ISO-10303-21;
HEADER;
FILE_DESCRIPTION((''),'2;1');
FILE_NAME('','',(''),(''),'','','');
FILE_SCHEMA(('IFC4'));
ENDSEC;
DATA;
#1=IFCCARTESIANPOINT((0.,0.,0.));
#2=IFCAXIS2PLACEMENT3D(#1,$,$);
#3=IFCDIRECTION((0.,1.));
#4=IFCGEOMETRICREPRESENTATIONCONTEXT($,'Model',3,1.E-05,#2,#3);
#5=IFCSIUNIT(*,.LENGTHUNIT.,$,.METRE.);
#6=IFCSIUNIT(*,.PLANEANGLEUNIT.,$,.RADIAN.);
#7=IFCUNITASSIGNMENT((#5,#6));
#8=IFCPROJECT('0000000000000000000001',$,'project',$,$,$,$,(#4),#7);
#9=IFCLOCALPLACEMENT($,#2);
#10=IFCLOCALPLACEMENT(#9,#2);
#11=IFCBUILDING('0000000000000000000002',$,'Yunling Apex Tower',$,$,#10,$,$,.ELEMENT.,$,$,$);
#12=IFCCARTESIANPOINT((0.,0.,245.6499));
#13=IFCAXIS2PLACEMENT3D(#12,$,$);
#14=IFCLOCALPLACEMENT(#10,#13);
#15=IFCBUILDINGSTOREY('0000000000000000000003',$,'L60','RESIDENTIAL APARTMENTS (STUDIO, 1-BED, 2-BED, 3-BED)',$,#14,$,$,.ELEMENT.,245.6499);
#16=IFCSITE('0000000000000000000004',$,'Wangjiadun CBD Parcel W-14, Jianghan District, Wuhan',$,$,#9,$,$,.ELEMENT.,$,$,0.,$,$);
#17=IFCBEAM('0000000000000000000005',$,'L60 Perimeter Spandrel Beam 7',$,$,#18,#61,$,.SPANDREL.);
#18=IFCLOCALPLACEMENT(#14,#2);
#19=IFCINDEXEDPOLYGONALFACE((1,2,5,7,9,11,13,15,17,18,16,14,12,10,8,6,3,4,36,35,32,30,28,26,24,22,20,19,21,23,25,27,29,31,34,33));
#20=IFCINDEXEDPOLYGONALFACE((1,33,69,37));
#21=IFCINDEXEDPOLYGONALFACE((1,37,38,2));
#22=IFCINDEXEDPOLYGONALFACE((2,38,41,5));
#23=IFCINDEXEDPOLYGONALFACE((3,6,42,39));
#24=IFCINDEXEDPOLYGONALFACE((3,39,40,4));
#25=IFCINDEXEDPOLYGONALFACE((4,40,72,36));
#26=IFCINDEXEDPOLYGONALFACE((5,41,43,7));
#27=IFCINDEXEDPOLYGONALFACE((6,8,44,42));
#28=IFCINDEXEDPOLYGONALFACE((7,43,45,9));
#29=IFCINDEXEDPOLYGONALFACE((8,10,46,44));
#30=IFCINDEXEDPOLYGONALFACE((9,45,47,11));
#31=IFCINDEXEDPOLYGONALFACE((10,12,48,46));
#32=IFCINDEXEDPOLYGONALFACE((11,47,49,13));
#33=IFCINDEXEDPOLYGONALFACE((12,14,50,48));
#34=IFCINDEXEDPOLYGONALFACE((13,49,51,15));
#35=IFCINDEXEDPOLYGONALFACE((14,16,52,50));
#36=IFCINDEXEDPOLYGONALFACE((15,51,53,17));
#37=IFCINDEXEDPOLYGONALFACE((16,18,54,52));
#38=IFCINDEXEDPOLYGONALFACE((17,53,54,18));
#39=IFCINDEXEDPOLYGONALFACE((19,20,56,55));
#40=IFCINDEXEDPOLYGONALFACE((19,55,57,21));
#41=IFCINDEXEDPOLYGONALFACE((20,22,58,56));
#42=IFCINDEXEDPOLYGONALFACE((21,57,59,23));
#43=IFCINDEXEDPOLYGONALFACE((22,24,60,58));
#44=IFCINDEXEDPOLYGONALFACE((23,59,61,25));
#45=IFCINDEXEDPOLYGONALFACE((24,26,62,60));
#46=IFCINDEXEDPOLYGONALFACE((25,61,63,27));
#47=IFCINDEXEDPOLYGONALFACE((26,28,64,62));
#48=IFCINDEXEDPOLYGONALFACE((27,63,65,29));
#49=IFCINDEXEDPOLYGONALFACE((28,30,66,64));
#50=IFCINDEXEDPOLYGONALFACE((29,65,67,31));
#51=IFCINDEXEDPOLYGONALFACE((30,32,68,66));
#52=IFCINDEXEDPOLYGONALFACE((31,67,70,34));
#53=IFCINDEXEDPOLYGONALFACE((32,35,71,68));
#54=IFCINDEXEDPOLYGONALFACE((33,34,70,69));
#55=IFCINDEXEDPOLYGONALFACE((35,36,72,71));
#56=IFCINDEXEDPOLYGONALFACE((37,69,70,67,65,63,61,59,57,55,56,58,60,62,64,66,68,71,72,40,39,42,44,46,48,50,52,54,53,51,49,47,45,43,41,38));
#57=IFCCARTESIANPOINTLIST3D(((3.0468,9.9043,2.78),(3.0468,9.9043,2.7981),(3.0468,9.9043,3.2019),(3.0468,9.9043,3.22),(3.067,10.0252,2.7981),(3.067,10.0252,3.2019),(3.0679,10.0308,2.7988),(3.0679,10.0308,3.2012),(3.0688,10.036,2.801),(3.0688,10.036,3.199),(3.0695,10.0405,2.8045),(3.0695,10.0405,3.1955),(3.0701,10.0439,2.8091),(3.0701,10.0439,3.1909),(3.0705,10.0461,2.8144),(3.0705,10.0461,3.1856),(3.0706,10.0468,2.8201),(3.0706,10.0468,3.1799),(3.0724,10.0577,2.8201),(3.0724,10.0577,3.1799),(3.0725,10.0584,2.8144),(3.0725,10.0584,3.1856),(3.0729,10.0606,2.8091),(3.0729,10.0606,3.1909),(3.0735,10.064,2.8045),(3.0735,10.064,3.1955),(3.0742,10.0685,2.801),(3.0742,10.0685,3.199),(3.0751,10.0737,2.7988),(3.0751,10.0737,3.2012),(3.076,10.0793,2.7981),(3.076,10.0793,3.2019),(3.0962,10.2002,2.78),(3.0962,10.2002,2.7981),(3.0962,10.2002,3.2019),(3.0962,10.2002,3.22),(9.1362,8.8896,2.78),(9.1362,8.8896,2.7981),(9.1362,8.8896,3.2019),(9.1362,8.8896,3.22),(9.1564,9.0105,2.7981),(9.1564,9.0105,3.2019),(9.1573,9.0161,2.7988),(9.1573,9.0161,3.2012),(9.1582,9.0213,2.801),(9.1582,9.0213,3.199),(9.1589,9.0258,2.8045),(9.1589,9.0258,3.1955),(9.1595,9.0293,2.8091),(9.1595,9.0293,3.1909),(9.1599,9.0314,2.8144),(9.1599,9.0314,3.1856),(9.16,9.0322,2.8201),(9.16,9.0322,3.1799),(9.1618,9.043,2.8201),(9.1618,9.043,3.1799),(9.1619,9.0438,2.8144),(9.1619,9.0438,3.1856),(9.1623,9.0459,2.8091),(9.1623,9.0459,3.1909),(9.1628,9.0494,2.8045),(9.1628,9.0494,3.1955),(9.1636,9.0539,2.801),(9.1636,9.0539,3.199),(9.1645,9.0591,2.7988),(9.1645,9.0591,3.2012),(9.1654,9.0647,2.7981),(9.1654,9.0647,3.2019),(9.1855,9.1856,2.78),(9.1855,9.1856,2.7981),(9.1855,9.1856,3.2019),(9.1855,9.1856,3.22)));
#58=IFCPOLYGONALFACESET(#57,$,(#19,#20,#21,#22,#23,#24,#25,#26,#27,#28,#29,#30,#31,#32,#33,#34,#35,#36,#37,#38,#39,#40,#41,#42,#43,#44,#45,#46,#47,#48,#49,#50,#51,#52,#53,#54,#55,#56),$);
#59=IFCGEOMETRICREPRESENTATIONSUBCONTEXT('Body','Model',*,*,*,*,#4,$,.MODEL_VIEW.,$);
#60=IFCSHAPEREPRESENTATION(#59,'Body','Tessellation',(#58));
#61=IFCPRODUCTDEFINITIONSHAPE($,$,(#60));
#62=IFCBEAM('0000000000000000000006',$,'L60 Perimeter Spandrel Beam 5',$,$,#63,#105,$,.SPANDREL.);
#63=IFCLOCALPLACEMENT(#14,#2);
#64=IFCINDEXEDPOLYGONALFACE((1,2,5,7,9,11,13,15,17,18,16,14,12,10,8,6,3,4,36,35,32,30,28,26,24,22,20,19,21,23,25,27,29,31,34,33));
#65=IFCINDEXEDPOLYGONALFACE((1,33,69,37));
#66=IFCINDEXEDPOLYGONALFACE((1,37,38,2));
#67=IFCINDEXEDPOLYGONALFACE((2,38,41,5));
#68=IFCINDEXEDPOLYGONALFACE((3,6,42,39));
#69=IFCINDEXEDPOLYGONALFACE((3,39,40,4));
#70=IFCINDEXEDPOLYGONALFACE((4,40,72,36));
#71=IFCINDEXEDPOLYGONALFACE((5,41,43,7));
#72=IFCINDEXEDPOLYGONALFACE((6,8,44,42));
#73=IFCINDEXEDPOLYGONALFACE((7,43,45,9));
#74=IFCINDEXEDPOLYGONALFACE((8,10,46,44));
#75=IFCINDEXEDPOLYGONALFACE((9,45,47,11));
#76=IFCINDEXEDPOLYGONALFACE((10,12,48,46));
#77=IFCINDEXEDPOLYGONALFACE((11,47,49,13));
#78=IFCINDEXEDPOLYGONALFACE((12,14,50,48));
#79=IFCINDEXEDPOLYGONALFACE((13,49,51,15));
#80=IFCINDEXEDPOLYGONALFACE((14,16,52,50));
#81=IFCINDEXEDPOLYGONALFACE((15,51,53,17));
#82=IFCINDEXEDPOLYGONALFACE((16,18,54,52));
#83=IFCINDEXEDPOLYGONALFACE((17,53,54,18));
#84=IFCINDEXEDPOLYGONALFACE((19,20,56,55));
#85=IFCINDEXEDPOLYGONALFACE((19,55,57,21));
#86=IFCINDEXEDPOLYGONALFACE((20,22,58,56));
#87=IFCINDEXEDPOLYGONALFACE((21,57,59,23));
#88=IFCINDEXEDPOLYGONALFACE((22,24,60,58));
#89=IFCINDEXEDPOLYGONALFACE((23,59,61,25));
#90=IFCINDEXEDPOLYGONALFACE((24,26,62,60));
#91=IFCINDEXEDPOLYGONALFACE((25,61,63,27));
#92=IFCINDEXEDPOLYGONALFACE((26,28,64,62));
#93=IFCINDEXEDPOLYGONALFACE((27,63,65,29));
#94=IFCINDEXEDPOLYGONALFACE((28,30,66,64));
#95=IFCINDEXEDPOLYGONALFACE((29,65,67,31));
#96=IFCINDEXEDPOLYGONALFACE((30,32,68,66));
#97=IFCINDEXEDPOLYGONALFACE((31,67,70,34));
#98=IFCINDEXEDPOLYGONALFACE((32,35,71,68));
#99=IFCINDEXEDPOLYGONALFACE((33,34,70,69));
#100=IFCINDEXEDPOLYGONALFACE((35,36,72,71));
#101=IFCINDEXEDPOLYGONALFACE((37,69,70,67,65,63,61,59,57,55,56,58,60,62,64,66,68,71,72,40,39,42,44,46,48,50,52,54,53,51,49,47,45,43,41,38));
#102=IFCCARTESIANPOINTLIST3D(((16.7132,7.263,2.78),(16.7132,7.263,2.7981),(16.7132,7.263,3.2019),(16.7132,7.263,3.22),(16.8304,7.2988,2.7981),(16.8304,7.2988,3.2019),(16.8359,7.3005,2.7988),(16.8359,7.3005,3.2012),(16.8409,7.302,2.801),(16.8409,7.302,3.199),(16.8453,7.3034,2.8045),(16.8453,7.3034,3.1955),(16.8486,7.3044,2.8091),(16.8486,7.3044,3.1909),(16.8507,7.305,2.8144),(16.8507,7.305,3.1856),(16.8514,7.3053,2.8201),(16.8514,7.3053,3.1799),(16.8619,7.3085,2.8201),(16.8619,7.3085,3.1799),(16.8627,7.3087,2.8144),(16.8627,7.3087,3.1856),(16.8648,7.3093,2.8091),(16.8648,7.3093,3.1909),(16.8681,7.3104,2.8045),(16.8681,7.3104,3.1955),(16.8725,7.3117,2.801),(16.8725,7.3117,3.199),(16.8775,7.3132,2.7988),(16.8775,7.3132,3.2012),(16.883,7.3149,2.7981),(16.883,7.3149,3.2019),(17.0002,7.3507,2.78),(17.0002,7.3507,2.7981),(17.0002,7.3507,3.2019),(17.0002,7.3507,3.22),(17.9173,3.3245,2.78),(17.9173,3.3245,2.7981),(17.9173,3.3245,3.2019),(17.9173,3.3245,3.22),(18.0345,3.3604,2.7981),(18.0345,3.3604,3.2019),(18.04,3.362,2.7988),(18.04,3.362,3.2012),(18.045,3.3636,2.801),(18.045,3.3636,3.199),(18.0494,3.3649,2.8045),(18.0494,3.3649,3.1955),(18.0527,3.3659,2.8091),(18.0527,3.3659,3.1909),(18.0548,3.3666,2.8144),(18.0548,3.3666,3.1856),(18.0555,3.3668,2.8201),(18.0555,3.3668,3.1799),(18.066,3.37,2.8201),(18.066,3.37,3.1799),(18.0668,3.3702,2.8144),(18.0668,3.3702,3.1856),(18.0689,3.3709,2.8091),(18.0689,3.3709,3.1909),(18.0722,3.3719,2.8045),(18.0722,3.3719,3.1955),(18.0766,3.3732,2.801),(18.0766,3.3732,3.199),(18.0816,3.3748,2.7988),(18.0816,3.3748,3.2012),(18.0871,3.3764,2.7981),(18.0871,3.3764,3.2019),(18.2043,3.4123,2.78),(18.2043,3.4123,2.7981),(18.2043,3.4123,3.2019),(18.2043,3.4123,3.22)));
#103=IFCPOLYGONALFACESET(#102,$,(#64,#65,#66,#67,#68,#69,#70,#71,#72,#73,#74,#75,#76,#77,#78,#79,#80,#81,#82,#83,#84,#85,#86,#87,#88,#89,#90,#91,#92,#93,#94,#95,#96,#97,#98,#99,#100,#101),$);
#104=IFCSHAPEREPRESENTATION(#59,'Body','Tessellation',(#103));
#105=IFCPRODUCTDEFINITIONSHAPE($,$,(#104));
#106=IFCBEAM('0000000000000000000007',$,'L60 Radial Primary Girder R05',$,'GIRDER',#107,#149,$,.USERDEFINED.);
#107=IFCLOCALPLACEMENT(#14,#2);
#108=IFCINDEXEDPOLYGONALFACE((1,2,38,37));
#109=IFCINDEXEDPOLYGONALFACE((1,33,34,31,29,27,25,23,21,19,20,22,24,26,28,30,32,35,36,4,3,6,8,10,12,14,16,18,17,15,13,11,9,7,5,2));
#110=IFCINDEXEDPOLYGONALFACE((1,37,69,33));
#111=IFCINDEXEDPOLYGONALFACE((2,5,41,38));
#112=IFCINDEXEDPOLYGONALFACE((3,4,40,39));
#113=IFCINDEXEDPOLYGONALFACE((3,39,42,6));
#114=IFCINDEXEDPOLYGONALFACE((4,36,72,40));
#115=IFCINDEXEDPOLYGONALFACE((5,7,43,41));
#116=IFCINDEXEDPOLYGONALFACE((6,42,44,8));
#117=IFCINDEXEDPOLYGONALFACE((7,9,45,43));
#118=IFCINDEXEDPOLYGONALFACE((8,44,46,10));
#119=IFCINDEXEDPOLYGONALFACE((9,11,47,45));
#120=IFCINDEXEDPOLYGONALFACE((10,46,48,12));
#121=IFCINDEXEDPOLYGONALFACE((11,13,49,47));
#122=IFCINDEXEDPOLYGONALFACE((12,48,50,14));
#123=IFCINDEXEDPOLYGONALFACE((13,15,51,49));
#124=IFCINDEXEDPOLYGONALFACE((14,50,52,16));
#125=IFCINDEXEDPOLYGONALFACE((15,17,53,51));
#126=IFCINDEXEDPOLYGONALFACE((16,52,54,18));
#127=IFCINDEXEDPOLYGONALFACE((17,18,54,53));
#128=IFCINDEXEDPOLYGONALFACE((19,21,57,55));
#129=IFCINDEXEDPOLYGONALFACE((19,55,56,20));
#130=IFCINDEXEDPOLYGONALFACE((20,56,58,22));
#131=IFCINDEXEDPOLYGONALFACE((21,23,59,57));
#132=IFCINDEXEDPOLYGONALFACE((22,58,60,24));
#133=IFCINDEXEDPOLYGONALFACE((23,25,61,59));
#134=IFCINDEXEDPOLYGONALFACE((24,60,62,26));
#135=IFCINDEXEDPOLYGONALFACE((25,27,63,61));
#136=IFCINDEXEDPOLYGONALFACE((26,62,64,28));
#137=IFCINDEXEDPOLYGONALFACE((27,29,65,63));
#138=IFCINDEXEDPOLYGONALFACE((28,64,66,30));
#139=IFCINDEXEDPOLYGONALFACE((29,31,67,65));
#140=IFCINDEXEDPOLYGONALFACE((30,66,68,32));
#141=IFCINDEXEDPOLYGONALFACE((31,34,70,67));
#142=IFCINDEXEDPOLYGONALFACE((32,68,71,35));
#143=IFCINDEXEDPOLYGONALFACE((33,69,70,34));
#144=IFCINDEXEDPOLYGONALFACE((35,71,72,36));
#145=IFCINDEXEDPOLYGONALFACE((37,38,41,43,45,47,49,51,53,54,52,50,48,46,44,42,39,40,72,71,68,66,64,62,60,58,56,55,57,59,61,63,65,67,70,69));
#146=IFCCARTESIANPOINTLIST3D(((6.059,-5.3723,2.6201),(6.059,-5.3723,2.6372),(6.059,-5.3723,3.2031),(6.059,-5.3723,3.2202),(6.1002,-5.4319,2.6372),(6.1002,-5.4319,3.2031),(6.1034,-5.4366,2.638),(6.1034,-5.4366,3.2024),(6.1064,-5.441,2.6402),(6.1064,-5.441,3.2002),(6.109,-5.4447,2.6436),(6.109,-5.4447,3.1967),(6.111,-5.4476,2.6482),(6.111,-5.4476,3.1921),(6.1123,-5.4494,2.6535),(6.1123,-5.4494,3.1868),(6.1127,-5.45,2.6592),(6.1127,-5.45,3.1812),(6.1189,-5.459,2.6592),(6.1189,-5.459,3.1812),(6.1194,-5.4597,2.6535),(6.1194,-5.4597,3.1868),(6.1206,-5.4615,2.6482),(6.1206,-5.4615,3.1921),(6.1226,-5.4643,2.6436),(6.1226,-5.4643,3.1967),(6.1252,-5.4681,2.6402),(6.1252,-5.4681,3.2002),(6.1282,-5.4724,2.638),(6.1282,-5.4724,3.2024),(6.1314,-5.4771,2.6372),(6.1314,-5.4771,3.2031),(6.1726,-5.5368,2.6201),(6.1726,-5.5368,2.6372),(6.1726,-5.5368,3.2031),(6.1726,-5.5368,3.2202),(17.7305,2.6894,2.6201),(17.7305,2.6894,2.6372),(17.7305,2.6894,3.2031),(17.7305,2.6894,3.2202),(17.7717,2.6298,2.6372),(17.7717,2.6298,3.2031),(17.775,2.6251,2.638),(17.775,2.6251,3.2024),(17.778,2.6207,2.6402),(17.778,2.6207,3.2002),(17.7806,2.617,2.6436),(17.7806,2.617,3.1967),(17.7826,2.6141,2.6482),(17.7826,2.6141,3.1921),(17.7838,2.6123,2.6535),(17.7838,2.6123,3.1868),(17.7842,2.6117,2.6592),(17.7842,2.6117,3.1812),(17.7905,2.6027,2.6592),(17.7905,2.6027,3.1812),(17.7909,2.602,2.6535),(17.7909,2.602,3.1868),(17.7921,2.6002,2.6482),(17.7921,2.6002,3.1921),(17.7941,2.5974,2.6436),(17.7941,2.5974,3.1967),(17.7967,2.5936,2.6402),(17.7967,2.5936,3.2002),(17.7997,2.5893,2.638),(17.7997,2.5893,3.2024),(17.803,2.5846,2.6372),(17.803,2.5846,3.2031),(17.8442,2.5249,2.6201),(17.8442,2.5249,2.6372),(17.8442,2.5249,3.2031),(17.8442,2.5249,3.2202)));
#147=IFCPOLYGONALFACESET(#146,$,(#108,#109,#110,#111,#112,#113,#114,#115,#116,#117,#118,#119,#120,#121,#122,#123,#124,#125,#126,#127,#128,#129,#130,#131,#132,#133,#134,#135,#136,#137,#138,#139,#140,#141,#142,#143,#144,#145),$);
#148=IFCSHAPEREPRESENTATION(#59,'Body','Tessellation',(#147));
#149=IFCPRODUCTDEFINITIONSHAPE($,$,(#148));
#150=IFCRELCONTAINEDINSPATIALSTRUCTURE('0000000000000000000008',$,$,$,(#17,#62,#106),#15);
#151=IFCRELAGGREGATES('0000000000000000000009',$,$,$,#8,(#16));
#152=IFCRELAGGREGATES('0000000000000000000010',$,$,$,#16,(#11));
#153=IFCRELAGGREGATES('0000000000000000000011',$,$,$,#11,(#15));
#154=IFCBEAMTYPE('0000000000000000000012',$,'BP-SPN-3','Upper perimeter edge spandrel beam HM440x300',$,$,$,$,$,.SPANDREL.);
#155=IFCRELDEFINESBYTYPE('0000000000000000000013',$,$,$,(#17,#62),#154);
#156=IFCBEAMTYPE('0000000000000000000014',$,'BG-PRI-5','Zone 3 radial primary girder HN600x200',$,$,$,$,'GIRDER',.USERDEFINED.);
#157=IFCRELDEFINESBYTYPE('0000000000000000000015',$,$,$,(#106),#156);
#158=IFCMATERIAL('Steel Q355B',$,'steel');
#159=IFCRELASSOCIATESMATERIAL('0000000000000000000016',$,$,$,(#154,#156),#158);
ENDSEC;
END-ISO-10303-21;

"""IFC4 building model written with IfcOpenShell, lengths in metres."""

from ifc_helpers import new_model, si_unit, direction, frame, origin, origin_2d, place, context, subcontext, project, spatial, i_section, extrude, source, transform, mapped, material, material_profile, profile_set, type_object, element, save


model = new_model("IFC4")

# Units and contexts
model_context = context("Model", 3, precision=1e-05, world=origin(), true_north=direction((0.0, 1.0)))
body_context = subcontext(model_context, "Body", "Model", "MODEL_VIEW")
ifc_project = project(units=[si_unit("LENGTHUNIT", "METRE"), si_unit("PLANEANGLEUNIT", "RADIAN")], contexts=[model_context])

# Site, building, storey
site_placement = place(None, origin())
site = spatial("IfcSite", under=ifc_project, at=site_placement, Name="Wangjiadun CBD Parcel W-14, Jianghan District, Wuhan", CompositionType="ELEMENT", RefElevation=0.0)
building_placement = place(site_placement, origin())
building = spatial("IfcBuilding", under=site, at=building_placement, Name="Yunling Apex Tower", CompositionType="ELEMENT")
storey_placement = place(building_placement, frame((0.0, 0.0, 245.6499)))
storey = spatial("IfcBuildingStorey", under=building, at=storey_placement, Name="L60", Description="RESIDENTIAL APARTMENTS (STUDIO, 1-BED, 2-BED, 3-BED)", CompositionType="ELEMENT", Elevation=245.6499)

# Beams
ifc_material_1 = material(Name="Steel Q355B", Category="steel")
ifc_material_profile_1 = material_profile(ifc_material_1, i_section(OverallWidth=0.3, OverallDepth=0.4399, WebThickness=0.011, FlangeThickness=0.0181, FilletRadius=0.022, at=origin_2d()))
ifc_profile_set_1 = profile_set([ifc_material_profile_1], Name="Steel Q355B")
beam_type_1 = type_object("IfcBeamType", Name="BP-SPN-3", Description="Upper perimeter edge spandrel beam HM440x300", PredefinedType="SPANDREL", material=ifc_profile_set_1)
shared_shape_1 = source(origin(), body_context, "Body", "SweptSolid", [
    extrude(i_section(OverallWidth=0.3, OverallDepth=0.4399, WebThickness=0.011, FlangeThickness=0.0181, FilletRadius=0.022, at=origin_2d()), origin(), (0.0, 0.0, 1.0), 6.1733),
])
for number, where, z_axis, x_axis, name in (
    (1, (9.1609, 9.0376, 3.0), (-0.9864, 0.164361, 0.0), (-0.164361, -0.9864, 0.0), "L60 Perimeter Spandrel Beam 7"),
):
    element("IfcBeam", number, at=place(storey_placement, frame(where, z_axis=z_axis, x_axis=x_axis)), inside=storey, type_object=beam_type_1, Name=name, PredefinedType="SPANDREL", context=body_context, shape_type="MappedRepresentation", body=[
        mapped(shared_shape_1, transform((0.0, 0.0, 0.0), scale=1.0)),
    ])
shared_shape_2 = source(origin(), body_context, "Body", "SweptSolid", [
    extrude(i_section(OverallWidth=0.3, OverallDepth=0.4399, WebThickness=0.011, FlangeThickness=0.0181, FilletRadius=0.022, at=origin_2d()), origin(), (0.0, 0.0, 1.0), 4.1184),
])
beam_1_placement = place(storey_placement, frame((18.0608, 3.3684, 3.0), z_axis=(-0.292369, 0.956306, 0.0), x_axis=(-0.956306, -0.292369, 0.0)))
element("IfcBeam", 2, at=beam_1_placement, inside=storey, type_object=beam_type_1, Name="L60 Perimeter Spandrel Beam 5", PredefinedType="SPANDREL", context=body_context, shape_type="MappedRepresentation", body=[
    mapped(shared_shape_2, transform((0.0, 0.0, 0.0), scale=1.0)),
])
ifc_material_profile_2 = material_profile(ifc_material_1, i_section(OverallWidth=0.2, OverallDepth=0.6001, WebThickness=0.011, FlangeThickness=0.0171, FilletRadius=0.022, at=origin_2d()))
ifc_profile_set_2 = profile_set([ifc_material_profile_2], Name="Steel Q355B")
beam_type_2 = type_object("IfcBeamType", Name="BG-PRI-5", Description="Zone 3 radial primary girder HN600x200", ElementType="GIRDER", PredefinedType="USERDEFINED", material=ifc_profile_set_2)
shared_shape_3 = source(origin(), body_context, "Body", "SweptSolid", [
    extrude(i_section(OverallWidth=0.2, OverallDepth=0.6001, WebThickness=0.011, FlangeThickness=0.0171, FilletRadius=0.022, at=origin_2d()), origin(), (0.0, 0.0, 1.0), 14.1851),
])
beam_2_placement = place(storey_placement, frame((17.7874, 2.6072, 2.9202), z_axis=(-0.822805, -0.568324, 0.0), x_axis=(0.568324, -0.822805, 0.0)))
element("IfcBeam", 3, at=beam_2_placement, inside=storey, type_object=beam_type_2, Name="L60 Radial Primary Girder R05", ObjectType="GIRDER", PredefinedType="USERDEFINED", context=body_context, shape_type="MappedRepresentation", body=[
    mapped(shared_shape_3, transform((0.0, 0.0, 0.0), scale=1.0)),
])

save(model, "model.ifc")
